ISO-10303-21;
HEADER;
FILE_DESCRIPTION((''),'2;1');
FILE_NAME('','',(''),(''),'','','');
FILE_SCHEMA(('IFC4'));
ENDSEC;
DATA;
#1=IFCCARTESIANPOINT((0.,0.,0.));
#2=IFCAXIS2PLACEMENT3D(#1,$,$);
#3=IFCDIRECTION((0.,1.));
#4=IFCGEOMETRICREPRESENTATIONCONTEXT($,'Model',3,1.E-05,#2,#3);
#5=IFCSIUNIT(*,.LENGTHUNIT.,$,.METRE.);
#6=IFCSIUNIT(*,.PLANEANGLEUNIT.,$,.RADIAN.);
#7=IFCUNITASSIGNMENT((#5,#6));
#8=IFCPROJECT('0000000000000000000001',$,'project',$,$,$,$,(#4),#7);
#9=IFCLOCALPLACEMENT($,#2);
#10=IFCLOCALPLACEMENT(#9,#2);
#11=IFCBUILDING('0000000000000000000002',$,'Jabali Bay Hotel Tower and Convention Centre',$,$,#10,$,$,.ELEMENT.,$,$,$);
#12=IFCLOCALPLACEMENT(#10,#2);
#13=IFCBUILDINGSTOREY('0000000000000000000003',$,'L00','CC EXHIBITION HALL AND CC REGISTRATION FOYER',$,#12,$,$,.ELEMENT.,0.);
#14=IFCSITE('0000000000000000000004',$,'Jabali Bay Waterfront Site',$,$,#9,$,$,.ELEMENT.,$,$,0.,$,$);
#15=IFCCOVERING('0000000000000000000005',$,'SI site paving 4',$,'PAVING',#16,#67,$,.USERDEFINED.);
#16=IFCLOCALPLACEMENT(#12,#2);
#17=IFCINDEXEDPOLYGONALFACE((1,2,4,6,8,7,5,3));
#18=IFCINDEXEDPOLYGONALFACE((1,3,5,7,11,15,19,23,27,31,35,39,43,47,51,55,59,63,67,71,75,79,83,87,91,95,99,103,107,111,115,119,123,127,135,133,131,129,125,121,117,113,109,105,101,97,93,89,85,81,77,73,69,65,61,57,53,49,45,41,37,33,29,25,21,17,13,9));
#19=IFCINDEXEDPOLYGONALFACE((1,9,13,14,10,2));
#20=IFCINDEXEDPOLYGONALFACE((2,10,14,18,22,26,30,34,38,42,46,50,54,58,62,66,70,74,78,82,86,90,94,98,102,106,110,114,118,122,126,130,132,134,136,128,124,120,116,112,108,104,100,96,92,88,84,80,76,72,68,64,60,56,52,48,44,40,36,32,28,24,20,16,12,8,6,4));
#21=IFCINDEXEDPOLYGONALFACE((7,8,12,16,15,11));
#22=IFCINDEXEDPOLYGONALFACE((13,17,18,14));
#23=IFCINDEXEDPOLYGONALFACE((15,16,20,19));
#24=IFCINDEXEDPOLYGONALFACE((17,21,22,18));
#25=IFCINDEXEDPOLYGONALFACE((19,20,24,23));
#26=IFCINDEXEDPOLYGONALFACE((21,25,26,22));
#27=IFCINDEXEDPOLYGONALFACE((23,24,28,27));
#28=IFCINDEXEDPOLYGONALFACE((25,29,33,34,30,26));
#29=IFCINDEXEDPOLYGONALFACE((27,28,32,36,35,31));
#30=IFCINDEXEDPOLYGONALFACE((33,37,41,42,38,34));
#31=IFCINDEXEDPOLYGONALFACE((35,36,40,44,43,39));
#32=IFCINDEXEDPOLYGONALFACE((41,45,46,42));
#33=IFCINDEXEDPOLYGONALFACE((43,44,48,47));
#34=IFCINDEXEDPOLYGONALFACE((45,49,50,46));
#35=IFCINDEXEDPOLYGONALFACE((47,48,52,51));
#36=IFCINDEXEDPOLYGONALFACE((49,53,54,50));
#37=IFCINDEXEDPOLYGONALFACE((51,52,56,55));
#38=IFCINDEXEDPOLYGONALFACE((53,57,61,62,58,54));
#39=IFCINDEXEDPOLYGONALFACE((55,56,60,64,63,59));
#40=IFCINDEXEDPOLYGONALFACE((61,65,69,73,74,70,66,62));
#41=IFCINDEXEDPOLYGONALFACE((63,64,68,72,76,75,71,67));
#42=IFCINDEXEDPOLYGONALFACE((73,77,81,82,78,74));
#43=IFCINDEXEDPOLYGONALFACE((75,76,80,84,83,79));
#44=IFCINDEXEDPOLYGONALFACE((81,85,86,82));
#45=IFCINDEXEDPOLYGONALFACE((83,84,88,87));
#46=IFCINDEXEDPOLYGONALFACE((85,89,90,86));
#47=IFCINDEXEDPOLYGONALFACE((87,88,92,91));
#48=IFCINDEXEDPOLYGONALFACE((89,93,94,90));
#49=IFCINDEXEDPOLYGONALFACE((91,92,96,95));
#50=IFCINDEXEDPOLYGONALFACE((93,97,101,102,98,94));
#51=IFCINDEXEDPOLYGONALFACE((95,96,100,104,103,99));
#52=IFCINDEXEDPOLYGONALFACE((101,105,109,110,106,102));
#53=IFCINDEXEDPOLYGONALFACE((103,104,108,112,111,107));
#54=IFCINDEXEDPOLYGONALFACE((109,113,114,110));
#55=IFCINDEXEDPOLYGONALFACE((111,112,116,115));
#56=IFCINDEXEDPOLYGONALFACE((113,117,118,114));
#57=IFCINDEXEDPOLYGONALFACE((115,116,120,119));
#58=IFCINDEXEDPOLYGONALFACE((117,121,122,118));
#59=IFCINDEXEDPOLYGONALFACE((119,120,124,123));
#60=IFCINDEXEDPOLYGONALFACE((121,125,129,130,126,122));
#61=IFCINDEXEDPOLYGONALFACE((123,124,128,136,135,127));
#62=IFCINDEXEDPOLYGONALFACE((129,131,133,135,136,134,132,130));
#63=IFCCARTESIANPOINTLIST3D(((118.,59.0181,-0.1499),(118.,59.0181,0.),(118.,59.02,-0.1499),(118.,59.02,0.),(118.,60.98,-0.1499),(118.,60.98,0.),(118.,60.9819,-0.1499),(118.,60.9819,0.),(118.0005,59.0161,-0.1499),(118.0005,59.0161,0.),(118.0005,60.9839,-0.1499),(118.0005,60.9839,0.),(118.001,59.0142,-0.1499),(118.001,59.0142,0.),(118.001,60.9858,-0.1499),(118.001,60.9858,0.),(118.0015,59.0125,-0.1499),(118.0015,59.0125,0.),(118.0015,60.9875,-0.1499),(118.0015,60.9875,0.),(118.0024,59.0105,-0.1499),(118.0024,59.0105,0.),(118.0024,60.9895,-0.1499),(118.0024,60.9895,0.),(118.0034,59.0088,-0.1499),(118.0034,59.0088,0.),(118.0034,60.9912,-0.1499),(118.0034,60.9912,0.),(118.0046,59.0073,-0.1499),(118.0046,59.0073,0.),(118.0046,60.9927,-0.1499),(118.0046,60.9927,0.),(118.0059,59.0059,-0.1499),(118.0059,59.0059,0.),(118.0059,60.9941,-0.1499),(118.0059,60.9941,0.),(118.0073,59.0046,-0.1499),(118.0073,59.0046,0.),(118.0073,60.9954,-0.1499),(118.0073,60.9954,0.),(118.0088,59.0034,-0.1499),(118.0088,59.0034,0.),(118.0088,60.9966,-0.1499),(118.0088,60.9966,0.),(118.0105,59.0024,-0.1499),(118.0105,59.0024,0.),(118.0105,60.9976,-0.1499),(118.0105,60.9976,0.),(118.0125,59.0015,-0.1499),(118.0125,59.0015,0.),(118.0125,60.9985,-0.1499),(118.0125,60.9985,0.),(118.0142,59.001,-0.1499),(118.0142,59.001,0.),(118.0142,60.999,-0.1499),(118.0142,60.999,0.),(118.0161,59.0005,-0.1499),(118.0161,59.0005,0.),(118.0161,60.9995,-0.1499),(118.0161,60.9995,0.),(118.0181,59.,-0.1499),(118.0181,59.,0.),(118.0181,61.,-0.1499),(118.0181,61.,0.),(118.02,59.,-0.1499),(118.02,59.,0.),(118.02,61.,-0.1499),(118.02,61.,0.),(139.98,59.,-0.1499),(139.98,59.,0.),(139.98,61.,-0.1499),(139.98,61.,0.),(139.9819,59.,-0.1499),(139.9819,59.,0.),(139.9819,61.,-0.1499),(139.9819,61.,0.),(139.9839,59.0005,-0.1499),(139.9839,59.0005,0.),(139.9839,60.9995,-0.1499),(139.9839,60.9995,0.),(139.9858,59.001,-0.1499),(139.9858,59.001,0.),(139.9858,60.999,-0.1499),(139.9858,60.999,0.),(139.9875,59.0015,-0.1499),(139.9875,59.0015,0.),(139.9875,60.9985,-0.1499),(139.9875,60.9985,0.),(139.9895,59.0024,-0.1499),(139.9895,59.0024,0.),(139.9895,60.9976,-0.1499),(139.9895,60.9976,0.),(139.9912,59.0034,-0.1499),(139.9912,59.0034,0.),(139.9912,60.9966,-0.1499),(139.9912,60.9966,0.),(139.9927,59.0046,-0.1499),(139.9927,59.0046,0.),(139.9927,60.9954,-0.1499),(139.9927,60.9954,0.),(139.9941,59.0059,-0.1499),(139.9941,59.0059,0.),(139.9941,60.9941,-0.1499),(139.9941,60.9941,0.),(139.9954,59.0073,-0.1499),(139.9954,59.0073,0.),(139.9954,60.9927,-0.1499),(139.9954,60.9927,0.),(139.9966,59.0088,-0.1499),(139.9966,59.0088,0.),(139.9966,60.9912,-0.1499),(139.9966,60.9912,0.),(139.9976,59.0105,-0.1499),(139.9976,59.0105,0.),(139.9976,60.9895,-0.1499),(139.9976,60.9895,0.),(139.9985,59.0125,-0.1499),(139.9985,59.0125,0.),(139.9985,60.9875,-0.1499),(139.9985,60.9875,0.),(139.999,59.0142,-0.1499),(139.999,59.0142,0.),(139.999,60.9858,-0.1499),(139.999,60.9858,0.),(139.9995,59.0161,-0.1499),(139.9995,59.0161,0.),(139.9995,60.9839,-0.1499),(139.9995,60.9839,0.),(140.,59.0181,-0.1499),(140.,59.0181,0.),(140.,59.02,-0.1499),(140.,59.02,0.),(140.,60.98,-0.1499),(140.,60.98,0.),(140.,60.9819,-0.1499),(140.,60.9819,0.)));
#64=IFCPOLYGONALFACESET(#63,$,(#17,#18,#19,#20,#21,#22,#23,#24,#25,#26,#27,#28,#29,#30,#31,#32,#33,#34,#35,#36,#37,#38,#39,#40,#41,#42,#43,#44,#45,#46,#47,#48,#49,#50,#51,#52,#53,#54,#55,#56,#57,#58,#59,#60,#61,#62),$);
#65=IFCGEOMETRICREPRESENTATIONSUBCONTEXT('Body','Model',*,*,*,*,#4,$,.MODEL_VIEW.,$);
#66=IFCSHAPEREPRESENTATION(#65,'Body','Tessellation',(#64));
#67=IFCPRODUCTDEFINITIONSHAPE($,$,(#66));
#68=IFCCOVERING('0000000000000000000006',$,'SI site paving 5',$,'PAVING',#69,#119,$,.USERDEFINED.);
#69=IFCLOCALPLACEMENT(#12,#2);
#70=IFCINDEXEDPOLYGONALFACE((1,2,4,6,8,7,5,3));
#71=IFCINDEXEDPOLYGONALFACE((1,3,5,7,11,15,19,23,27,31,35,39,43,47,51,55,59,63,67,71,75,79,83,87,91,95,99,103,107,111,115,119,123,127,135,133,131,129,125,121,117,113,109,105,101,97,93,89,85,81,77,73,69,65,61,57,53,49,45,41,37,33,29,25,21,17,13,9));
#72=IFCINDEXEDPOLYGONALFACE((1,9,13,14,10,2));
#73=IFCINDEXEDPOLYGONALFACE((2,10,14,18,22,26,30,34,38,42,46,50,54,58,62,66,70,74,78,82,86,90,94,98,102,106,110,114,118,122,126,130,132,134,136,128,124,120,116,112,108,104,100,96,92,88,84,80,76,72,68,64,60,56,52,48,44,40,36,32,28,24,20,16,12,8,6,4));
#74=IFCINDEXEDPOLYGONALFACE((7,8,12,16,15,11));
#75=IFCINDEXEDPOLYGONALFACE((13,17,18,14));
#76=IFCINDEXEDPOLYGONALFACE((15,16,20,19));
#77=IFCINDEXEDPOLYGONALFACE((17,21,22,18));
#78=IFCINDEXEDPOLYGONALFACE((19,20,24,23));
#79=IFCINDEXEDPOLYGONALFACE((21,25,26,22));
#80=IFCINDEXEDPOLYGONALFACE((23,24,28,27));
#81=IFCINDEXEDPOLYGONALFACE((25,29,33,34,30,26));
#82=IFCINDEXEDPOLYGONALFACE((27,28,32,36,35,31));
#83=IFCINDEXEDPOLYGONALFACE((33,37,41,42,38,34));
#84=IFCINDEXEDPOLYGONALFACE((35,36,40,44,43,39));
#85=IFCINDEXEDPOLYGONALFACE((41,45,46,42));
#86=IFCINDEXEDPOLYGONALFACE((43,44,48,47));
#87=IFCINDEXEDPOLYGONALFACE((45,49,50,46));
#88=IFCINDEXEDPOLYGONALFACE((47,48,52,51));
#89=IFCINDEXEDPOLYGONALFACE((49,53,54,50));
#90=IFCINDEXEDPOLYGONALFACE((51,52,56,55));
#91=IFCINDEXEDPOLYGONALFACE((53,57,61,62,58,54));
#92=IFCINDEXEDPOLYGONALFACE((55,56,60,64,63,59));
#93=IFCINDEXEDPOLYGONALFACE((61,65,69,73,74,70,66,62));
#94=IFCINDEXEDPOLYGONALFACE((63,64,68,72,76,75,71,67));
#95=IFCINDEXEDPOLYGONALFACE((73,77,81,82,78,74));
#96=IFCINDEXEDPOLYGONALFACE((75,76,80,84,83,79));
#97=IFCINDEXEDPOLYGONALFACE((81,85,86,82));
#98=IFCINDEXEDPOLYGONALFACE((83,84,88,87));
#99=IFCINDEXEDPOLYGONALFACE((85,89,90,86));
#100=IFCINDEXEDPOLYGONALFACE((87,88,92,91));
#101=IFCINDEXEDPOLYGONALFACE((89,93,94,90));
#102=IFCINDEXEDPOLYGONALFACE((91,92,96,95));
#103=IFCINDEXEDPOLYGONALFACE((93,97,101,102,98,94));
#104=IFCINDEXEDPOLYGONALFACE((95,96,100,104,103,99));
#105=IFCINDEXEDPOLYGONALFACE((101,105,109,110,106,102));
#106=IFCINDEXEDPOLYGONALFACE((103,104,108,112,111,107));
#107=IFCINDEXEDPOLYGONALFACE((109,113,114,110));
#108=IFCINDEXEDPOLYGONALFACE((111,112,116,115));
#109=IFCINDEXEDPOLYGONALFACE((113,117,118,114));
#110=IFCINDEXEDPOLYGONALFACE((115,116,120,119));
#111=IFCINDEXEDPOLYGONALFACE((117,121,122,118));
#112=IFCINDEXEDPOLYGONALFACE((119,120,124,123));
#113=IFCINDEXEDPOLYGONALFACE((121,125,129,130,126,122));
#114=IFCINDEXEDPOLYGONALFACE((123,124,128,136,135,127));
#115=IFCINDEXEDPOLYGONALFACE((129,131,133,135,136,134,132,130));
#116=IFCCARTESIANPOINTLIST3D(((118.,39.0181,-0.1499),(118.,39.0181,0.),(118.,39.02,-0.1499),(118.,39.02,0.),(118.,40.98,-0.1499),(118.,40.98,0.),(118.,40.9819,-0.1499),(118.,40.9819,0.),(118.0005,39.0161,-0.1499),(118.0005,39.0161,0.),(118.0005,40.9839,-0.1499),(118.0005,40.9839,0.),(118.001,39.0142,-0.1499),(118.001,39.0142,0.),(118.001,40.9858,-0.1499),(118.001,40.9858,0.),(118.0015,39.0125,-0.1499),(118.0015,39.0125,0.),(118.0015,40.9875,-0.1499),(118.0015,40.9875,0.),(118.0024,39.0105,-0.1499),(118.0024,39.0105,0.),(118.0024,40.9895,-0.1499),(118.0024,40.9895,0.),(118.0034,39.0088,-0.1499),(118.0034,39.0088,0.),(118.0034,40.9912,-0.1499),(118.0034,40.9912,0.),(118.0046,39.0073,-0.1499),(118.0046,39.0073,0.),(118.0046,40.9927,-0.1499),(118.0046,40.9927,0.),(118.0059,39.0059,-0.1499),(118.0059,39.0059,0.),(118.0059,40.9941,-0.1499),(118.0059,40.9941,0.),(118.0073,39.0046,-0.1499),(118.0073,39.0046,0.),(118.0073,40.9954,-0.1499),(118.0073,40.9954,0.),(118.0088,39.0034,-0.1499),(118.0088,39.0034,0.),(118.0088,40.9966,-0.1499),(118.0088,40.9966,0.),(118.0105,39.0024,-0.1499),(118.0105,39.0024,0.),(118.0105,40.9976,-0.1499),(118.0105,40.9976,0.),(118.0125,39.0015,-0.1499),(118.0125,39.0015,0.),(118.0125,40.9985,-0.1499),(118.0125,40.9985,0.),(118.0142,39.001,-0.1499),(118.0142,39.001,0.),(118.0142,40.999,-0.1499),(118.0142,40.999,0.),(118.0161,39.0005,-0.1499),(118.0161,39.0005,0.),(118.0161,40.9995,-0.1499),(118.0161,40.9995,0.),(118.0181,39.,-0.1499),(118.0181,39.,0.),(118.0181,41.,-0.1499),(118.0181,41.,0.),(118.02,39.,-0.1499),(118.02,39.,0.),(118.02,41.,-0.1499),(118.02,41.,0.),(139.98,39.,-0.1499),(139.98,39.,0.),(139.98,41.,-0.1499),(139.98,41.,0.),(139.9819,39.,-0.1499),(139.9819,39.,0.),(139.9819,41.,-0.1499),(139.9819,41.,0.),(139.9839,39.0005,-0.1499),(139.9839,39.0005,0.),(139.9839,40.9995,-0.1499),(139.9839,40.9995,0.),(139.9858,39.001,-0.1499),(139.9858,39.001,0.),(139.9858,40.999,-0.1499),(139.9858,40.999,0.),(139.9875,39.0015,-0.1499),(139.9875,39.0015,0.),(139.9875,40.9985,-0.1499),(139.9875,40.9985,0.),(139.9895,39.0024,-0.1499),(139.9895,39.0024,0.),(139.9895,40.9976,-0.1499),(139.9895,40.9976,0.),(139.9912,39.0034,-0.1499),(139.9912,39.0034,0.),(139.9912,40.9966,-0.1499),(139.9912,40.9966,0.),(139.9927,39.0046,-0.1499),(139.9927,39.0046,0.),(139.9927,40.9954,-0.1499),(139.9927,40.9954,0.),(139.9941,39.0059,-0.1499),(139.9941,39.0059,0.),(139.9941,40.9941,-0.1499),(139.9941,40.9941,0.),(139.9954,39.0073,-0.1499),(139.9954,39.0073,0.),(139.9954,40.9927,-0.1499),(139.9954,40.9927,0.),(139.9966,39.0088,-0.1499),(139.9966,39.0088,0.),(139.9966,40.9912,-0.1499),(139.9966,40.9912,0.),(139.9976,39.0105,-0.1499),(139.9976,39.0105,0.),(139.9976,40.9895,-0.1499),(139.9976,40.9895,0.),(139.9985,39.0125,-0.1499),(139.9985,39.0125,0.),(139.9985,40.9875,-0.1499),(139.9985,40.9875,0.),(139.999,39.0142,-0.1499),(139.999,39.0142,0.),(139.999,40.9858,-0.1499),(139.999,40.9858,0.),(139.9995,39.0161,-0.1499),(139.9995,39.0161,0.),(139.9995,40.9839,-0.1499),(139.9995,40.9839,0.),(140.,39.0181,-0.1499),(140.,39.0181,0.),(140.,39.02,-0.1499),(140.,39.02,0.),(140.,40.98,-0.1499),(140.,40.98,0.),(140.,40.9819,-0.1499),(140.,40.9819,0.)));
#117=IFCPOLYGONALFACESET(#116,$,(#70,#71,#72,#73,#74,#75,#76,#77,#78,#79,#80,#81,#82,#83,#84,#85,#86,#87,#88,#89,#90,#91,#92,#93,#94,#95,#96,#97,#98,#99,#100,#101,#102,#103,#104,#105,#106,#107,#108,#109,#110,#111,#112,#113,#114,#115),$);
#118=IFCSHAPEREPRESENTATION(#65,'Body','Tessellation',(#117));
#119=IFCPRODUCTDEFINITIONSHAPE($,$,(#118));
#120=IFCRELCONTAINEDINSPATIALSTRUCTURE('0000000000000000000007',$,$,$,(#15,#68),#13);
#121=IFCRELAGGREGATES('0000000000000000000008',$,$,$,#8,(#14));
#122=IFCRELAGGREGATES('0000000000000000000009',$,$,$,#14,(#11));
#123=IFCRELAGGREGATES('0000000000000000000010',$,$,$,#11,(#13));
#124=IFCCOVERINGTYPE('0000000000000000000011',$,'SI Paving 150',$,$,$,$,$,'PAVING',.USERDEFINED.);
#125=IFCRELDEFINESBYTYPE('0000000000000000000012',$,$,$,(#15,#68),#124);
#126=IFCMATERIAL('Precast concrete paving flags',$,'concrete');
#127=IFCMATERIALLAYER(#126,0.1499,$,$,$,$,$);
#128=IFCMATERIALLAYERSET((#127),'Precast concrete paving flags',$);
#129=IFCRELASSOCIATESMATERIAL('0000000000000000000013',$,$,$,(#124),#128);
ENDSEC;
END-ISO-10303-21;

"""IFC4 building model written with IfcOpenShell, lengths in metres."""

from ifc_helpers import new_model, si_unit, direction, frame, origin, place, context, subcontext, project, spatial, polyline, outline, extrude, material, layer, layer_set, type_object, element, save


model = new_model("IFC4")

# Units and contexts
model_context = context("Model", 3, precision=1e-05, world=origin(), true_north=direction((0.0, 1.0)))
body_context = subcontext(model_context, "Body", "Model", "MODEL_VIEW")
ifc_project = project(units=[si_unit("LENGTHUNIT", "METRE"), si_unit("PLANEANGLEUNIT", "RADIAN")], contexts=[model_context])

# Site, building, storey
site_placement = place(None, origin())
site = spatial("IfcSite", under=ifc_project, at=site_placement, Name="Jabali Bay Waterfront Site", CompositionType="ELEMENT", RefElevation=0.0)
building_placement = place(site_placement, origin())
building = spatial("IfcBuilding", under=site, at=building_placement, Name="Jabali Bay Hotel Tower and Convention Centre", CompositionType="ELEMENT")
storey_placement = place(building_placement, origin())
storey = spatial("IfcBuildingStorey", under=building, at=storey_placement, Name="L00", Description="CC EXHIBITION HALL AND CC REGISTRATION FOYER", CompositionType="ELEMENT", Elevation=0.0)

# Coverings
ifc_material_1 = material(Name="Precast concrete paving flags", Category="concrete")
ifc_layer_1 = layer(ifc_material_1, 0.1499)
ifc_layer_set_1 = layer_set([ifc_layer_1], Name="Precast concrete paving flags")
covering_type = type_object("IfcCoveringType", Name="SI Paving 150", ElementType="PAVING", PredefinedType="USERDEFINED", material=ifc_layer_set_1)
covering_1_placement = place(storey_placement, frame((0.0, 0.0, -0.1499)))
element("IfcCovering", 1, at=covering_1_placement, inside=storey, type_object=covering_type, Name="SI site paving 4", ObjectType="PAVING", PredefinedType="USERDEFINED", context=body_context, shape_type="SweptSolid", body=[
    extrude(outline(polyline([(139.9819, 61.0), (139.98, 61.0), (118.02, 61.0), (118.0181, 61.0), (118.0161, 60.9995), (118.0142, 60.999), (118.0125, 60.9985), (118.0105, 60.9976), (118.0088, 60.9966), (118.0073, 60.9954), (118.0059, 60.9941), (118.0046, 60.9927), (118.0034, 60.9912), (118.0024, 60.9895), (118.0015, 60.9875), (118.001, 60.9858), (118.0005, 60.9839), (118.0, 60.9819), (118.0, 60.98), (118.0, 59.02), (118.0, 59.0181), (118.0005, 59.0161), (118.001, 59.0142), (118.0015, 59.0125), (118.0024, 59.0105), (118.0034, 59.0088), (118.0046, 59.0073), (118.0059, 59.0059), (118.0073, 59.0046), (118.0088, 59.0034), (118.0105, 59.0024), (118.0125, 59.0015), (118.0142, 59.001), (118.0161, 59.0005), (118.0181, 59.0), (118.02, 59.0), (139.98, 59.0), (139.9819, 59.0), (139.9839, 59.0005), (139.9858, 59.001), (139.9875, 59.0015), (139.9895, 59.0024), (139.9912, 59.0034), (139.9927, 59.0046), (139.9941, 59.0059), (139.9954, 59.0073), (139.9966, 59.0088), (139.9976, 59.0105), (139.9985, 59.0125), (139.999, 59.0142), (139.9995, 59.0161), (140.0, 59.0181), (140.0, 59.02), (140.0, 60.98), (140.0, 60.9819), (139.9995, 60.9839), (139.999, 60.9858), (139.9985, 60.9875), (139.9976, 60.9895), (139.9966, 60.9912), (139.9954, 60.9927), (139.9941, 60.9941), (139.9927, 60.9954), (139.9912, 60.9966), (139.9895, 60.9976), (139.9875, 60.9985), (139.9858, 60.999), (139.9839, 60.9995), (139.9819, 61.0)])), origin(), (0.0, 0.0, 1.0), 0.1499),
])
covering_2_placement = place(storey_placement, frame((0.0, 0.0, -0.1499)))
element("IfcCovering", 2, at=covering_2_placement, inside=storey, type_object=covering_type, Name="SI site paving 5", ObjectType="PAVING", PredefinedType="USERDEFINED", context=body_context, shape_type="SweptSolid", body=[
    extrude(outline(polyline([(139.9819, 41.0), (139.98, 41.0), (118.02, 41.0), (118.0181, 41.0), (118.0161, 40.9995), (118.0142, 40.999), (118.0125, 40.9985), (118.0105, 40.9976), (118.0088, 40.9966), (118.0073, 40.9954), (118.0059, 40.9941), (118.0046, 40.9927), (118.0034, 40.9912), (118.0024, 40.9895), (118.0015, 40.9875), (118.001, 40.9858), (118.0005, 40.9839), (118.0, 40.9819), (118.0, 40.98), (118.0, 39.02), (118.0, 39.0181), (118.0005, 39.0161), (118.001, 39.0142), (118.0015, 39.0125), (118.0024, 39.0105), (118.0034, 39.0088), (118.0046, 39.0073), (118.0059, 39.0059), (118.0073, 39.0046), (118.0088, 39.0034), (118.0105, 39.0024), (118.0125, 39.0015), (118.0142, 39.001), (118.0161, 39.0005), (118.0181, 39.0), (118.02, 39.0), (139.98, 39.0), (139.9819, 39.0), (139.9839, 39.0005), (139.9858, 39.001), (139.9875, 39.0015), (139.9895, 39.0024), (139.9912, 39.0034), (139.9927, 39.0046), (139.9941, 39.0059), (139.9954, 39.0073), (139.9966, 39.0088), (139.9976, 39.0105), (139.9985, 39.0125), (139.999, 39.0142), (139.9995, 39.0161), (140.0, 39.0181), (140.0, 39.02), (140.0, 40.98), (140.0, 40.9819), (139.9995, 40.9839), (139.999, 40.9858), (139.9985, 40.9875), (139.9976, 40.9895), (139.9966, 40.9912), (139.9954, 40.9927), (139.9941, 40.9941), (139.9927, 40.9954), (139.9912, 40.9966), (139.9895, 40.9976), (139.9875, 40.9985), (139.9858, 40.999), (139.9839, 40.9995), (139.9819, 41.0)])), origin(), (0.0, 0.0, 1.0), 0.1499),
])

save(model, "model.ifc")
